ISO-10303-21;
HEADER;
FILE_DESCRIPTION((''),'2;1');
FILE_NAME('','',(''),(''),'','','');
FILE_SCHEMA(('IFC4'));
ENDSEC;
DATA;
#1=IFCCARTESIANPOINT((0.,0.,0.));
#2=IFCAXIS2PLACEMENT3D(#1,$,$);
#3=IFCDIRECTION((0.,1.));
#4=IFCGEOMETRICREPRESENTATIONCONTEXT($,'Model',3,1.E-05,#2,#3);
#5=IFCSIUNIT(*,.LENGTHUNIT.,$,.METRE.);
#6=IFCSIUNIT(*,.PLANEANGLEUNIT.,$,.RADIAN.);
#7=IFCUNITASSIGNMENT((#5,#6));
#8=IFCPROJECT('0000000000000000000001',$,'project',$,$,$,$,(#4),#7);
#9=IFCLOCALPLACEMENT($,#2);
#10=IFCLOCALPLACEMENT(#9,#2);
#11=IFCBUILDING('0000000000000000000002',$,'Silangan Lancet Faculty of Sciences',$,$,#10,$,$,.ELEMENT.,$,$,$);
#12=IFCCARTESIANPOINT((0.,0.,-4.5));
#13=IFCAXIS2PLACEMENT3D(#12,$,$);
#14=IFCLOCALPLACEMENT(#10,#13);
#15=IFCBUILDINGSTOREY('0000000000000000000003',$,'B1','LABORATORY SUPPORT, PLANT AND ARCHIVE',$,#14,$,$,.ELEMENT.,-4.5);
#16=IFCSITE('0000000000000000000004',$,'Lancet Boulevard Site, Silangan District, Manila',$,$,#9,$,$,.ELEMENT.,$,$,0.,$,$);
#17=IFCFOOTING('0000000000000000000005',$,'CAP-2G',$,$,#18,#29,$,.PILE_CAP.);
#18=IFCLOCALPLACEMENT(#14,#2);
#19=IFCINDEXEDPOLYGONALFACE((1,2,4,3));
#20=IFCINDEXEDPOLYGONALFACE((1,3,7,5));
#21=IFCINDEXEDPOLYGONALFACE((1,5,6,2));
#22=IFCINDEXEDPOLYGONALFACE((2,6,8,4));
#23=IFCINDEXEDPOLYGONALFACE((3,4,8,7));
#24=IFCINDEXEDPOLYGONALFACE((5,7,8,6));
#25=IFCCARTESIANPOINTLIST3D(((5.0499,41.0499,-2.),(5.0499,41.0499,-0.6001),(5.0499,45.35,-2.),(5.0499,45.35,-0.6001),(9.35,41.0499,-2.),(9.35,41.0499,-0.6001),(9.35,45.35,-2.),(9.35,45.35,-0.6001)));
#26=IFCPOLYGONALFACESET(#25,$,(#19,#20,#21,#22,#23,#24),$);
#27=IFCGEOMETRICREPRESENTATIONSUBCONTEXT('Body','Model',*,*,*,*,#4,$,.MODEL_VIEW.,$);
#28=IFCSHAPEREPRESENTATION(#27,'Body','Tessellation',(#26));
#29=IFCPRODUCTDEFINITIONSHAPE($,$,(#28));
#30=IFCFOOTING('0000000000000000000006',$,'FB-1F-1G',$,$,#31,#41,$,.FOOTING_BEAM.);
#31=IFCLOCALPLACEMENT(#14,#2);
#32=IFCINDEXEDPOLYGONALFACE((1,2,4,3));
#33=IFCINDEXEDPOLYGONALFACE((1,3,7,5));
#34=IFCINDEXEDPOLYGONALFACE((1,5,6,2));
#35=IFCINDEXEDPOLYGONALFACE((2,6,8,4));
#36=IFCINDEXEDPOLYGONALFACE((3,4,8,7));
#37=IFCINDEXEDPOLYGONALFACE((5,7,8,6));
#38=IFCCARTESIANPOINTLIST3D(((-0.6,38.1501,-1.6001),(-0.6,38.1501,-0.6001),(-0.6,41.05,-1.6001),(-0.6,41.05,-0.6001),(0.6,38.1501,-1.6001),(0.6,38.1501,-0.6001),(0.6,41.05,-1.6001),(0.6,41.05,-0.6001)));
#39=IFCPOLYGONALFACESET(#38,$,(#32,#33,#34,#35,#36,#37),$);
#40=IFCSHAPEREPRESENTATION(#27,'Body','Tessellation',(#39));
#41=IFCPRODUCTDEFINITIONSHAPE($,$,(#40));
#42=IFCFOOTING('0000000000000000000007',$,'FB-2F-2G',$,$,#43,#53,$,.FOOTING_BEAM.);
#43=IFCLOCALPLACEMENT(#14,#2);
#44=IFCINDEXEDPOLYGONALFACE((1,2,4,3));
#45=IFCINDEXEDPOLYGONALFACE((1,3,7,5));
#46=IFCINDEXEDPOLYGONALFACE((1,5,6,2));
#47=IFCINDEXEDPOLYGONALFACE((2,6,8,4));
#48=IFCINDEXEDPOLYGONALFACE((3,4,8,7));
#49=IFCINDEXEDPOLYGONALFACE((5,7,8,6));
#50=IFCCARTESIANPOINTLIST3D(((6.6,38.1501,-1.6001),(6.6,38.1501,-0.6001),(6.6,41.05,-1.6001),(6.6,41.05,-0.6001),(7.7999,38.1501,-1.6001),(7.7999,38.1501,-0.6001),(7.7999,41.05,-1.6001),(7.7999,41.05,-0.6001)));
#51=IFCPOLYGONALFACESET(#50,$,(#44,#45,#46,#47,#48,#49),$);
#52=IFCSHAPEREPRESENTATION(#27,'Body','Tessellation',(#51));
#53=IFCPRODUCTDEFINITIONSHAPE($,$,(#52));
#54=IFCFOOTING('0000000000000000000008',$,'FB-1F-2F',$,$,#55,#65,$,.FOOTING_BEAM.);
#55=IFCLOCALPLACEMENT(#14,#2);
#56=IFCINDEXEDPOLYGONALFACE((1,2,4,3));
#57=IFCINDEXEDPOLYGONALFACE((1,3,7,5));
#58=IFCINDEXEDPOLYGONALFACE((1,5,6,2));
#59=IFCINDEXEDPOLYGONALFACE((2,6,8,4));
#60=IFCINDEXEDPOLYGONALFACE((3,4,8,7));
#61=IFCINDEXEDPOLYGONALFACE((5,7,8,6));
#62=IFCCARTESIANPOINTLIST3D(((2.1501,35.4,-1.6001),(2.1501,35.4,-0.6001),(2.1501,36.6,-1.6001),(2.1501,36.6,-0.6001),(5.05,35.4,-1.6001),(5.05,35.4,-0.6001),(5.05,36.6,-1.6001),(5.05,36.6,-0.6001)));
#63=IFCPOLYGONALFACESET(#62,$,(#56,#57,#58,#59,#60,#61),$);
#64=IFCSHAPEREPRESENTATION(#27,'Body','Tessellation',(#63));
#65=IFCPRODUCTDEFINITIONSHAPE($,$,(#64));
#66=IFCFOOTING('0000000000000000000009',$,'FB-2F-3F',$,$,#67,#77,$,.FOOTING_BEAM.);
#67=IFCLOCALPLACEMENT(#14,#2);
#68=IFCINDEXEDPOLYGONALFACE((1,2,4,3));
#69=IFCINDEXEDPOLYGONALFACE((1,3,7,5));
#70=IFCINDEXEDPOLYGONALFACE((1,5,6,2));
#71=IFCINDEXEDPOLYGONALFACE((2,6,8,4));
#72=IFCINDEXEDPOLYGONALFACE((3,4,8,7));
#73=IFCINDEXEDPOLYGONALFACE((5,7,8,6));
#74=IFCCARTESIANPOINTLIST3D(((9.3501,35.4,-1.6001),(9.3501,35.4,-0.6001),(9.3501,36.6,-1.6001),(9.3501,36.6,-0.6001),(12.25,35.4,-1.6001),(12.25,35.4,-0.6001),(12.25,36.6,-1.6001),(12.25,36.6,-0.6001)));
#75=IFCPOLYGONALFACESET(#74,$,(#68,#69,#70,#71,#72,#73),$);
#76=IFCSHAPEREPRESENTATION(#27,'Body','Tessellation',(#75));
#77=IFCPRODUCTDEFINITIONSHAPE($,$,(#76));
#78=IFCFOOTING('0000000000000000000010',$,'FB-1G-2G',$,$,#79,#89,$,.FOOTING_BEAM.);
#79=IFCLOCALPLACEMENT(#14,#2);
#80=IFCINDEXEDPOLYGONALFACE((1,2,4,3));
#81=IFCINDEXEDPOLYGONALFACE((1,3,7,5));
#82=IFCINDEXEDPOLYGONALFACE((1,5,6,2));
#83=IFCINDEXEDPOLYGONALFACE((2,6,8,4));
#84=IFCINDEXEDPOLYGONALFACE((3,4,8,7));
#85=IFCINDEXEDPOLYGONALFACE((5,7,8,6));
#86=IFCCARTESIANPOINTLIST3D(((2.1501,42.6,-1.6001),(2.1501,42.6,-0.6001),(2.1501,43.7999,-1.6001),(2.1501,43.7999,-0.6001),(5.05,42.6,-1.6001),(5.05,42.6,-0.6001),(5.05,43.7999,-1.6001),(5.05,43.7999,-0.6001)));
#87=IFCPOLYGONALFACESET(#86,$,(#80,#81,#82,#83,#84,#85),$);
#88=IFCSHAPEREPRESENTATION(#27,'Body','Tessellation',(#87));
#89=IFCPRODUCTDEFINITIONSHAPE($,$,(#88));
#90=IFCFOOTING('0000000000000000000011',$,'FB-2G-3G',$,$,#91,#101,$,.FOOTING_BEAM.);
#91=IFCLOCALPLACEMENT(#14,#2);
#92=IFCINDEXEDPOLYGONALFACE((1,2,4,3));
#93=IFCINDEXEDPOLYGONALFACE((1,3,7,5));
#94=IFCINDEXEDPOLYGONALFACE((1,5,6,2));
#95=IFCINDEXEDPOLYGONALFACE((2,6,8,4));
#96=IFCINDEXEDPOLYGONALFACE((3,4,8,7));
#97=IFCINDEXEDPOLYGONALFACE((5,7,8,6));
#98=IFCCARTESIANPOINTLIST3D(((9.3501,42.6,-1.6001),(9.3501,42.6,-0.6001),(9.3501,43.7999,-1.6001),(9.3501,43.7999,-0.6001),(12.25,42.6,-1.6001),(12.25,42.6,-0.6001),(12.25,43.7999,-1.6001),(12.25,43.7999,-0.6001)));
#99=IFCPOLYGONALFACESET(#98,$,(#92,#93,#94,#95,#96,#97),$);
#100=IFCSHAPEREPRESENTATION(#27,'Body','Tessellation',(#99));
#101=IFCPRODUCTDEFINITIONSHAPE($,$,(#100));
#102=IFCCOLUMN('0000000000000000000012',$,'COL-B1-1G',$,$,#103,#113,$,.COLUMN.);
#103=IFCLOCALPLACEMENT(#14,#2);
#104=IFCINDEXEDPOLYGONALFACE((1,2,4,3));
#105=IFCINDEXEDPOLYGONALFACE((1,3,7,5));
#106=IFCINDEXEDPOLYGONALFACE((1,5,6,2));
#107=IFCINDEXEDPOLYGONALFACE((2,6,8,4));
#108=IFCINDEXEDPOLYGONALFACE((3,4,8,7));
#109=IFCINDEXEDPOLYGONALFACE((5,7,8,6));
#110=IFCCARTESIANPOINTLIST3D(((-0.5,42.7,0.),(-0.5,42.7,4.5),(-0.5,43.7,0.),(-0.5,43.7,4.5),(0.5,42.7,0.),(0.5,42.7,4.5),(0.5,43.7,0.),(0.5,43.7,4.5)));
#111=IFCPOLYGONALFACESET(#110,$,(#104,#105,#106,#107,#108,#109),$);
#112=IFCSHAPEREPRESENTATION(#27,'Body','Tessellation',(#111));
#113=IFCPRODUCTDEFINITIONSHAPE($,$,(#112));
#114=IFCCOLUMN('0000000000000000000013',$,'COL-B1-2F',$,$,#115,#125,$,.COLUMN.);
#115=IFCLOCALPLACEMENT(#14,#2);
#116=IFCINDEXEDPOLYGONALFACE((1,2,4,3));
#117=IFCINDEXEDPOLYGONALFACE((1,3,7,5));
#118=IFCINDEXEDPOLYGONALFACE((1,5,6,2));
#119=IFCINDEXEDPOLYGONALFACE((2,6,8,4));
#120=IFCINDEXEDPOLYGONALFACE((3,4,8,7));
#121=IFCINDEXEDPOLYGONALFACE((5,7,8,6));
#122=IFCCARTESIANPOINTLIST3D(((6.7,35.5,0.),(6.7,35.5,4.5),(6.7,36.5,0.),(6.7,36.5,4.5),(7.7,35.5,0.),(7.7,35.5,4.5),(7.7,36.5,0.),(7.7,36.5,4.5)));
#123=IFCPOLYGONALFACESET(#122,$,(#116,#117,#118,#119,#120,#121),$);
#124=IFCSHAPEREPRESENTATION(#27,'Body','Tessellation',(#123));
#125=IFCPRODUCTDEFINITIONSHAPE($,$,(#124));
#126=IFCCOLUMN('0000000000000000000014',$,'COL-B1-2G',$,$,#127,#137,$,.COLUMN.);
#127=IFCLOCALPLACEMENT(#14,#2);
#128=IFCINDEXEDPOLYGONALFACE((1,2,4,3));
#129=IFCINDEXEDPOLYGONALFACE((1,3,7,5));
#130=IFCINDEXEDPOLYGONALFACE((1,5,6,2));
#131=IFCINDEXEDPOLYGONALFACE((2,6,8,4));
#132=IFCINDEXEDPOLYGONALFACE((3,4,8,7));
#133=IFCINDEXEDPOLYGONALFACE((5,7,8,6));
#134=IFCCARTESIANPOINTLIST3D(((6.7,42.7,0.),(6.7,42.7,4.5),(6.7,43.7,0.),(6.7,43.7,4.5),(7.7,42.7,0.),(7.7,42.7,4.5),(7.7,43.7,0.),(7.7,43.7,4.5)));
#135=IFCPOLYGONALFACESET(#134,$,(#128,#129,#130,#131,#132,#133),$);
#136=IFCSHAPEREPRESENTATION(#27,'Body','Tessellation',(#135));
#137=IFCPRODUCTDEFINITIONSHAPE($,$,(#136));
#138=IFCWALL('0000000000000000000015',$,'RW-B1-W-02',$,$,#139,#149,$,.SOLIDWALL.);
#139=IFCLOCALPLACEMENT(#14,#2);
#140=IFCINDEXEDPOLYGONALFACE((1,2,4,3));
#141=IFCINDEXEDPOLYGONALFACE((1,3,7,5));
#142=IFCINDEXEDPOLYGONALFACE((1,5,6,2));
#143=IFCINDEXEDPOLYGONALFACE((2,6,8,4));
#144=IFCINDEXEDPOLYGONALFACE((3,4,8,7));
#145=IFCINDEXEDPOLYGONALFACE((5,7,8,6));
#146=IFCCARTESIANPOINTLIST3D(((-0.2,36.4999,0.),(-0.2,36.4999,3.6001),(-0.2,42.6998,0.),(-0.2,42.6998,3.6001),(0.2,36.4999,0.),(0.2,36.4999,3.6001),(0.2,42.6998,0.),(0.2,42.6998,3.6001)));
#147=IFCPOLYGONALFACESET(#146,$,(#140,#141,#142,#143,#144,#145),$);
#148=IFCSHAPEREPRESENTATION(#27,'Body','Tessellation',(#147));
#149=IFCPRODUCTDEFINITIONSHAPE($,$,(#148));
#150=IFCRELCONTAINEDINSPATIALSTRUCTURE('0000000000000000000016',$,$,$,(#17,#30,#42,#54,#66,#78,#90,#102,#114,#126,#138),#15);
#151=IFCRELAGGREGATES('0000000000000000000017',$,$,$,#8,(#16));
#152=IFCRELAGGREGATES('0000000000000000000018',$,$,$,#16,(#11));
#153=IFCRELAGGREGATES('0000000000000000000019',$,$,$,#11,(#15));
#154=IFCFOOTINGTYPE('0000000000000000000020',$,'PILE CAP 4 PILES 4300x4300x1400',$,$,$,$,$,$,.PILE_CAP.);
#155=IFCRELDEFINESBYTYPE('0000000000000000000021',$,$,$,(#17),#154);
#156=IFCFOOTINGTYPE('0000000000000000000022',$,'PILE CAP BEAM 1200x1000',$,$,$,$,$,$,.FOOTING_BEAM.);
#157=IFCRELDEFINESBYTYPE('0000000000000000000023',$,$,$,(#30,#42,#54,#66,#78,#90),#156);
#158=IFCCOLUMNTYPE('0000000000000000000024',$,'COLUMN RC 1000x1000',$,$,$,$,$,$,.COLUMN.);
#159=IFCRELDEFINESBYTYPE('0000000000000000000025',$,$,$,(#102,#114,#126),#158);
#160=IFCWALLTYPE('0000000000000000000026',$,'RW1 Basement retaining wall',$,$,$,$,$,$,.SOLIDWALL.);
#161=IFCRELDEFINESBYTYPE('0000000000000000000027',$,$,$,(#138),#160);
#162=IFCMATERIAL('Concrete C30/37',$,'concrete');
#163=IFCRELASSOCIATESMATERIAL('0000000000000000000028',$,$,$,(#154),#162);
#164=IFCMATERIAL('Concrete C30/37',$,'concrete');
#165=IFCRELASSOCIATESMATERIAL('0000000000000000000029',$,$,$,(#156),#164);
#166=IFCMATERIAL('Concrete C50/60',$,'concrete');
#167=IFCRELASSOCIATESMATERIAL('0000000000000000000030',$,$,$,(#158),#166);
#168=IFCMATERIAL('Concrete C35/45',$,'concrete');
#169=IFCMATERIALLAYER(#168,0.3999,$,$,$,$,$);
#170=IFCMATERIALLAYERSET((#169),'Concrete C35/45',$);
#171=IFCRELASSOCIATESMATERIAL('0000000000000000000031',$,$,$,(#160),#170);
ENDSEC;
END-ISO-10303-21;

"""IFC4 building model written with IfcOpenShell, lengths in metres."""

from ifc_helpers import new_model, si_unit, direction, frame, frame_2d, origin, origin_2d, place, context, subcontext, project, spatial, rectangle, extrude, material, layer, layer_set, material_profile, profile_set, type_object, element, save


model = new_model("IFC4")

# Units and contexts
model_context = context("Model", 3, precision=1e-05, world=origin(), true_north=direction((0.0, 1.0)))
body_context = subcontext(model_context, "Body", "Model", "MODEL_VIEW")
ifc_project = project(units=[si_unit("LENGTHUNIT", "METRE"), si_unit("PLANEANGLEUNIT", "RADIAN")], contexts=[model_context])

# Site, building, storey
site_placement = place(None, origin())
site = spatial("IfcSite", under=ifc_project, at=site_placement, Name="Lancet Boulevard Site, Silangan District, Manila", CompositionType="ELEMENT", RefElevation=0.0)
building_placement = place(site_placement, origin())
building = spatial("IfcBuilding", under=site, at=building_placement, Name="Silangan Lancet Faculty of Sciences", CompositionType="ELEMENT")
storey_placement = place(building_placement, frame((0.0, 0.0, -4.5)))
storey = spatial("IfcBuildingStorey", under=building, at=storey_placement, Name="B1", Description="LABORATORY SUPPORT, PLANT AND ARCHIVE", CompositionType="ELEMENT", Elevation=-4.5)

# Footings
ifc_material_1 = material(Name="Concrete C30/37", Category="concrete")
footing_type_1 = type_object("IfcFootingType", Name="PILE CAP 4 PILES 4300x4300x1400", PredefinedType="PILE_CAP", material=ifc_material_1)
for number, where, z_axis, x_axis, name in (
    (1, (7.2, 43.2, -2.0), (0.0, 0.0, 1.0), (1.0, 0.0, 0.0), "CAP-2G"),
):
    element("IfcFooting", number, at=place(storey_placement, frame(where, z_axis=z_axis, x_axis=x_axis)), inside=storey, type_object=footing_type_1, Name=name, PredefinedType="PILE_CAP", context=body_context, shape_type="SweptSolid", body=[
        extrude(rectangle(XDim=4.3, YDim=4.3, at=origin_2d()), origin(), (0.0, 0.0, 1.0), 1.3999),
    ])
ifc_material_2 = material(Name="Concrete C30/37", Category="concrete")
footing_type_2 = type_object("IfcFootingType", Name="PILE CAP BEAM 1200x1000", PredefinedType="FOOTING_BEAM", material=ifc_material_2)
for number, where, z_axis, x_axis, name in (
    (2, (0.0, 39.6001, -1.6001), (0.0, 0.0, 1.0), (0.0, 1.0, 0.0), "FB-1F-1G"),
    (3, (7.2, 39.6001, -1.6001), (0.0, 0.0, 1.0), (0.0, 1.0, 0.0), "FB-2F-2G"),
    (4, (3.6001, 36.0, -1.6001), (0.0, 0.0, 1.0), (1.0, 0.0, 0.0), "FB-1F-2F"),
    (5, (10.8, 36.0, -1.6001), (0.0, 0.0, 1.0), (1.0, 0.0, 0.0), "FB-2F-3F"),
    (6, (3.6001, 43.2, -1.6001), (0.0, 0.0, 1.0), (1.0, 0.0, 0.0), "FB-1G-2G"),
    (7, (10.8, 43.2, -1.6001), (0.0, 0.0, 1.0), (1.0, 0.0, 0.0), "FB-2G-3G"),
):
    element("IfcFooting", number, at=place(storey_placement, frame(where, z_axis=z_axis, x_axis=x_axis)), inside=storey, type_object=footing_type_2, Name=name, PredefinedType="FOOTING_BEAM", context=body_context, shape_type="SweptSolid", body=[
        extrude(rectangle(XDim=2.8999, YDim=1.2, at=origin_2d()), origin(), (0.0, 0.0, 1.0), 1.0),
    ])

# Columns
ifc_material_3 = material(Name="Concrete C50/60", Category="concrete")
ifc_material_profile_1 = material_profile(ifc_material_3, rectangle(XDim=1.0, YDim=1.0, at=origin_2d()), Name="RC 1000x1000")
ifc_profile_set_1 = profile_set([ifc_material_profile_1], Name="Concrete C50/60")
column_type = type_object("IfcColumnType", Name="COLUMN RC 1000x1000", PredefinedType="COLUMN", material=ifc_profile_set_1)
for number, where, z_axis, x_axis, name in (
    (8, (0.0, 43.2, 0.0), (0.0, 0.0, 1.0), (1.0, 0.0, 0.0), "COL-B1-1G"),
    (9, (7.2, 36.0, 0.0), (0.0, 0.0, 1.0), (1.0, 0.0, 0.0), "COL-B1-2F"),
    (10, (7.2, 43.2, 0.0), (0.0, 0.0, 1.0), (1.0, 0.0, 0.0), "COL-B1-2G"),
):
    element("IfcColumn", number, at=place(storey_placement, frame(where, z_axis=z_axis, x_axis=x_axis)), inside=storey, type_object=column_type, Name=name, PredefinedType="COLUMN", context=body_context, shape_type="SweptSolid", body=[
        extrude(rectangle(XDim=1.0, YDim=1.0, at=origin_2d()), origin(), (0.0, 0.0, 1.0), 4.5),
    ])

# Wall
ifc_material_4 = material(Name="Concrete C35/45", Category="concrete")
ifc_layer = layer(ifc_material_4, 0.3999)
ifc_layer_set = layer_set([ifc_layer], Name="Concrete C35/45")
wall_type = type_object("IfcWallType", Name="RW1 Basement retaining wall", PredefinedType="SOLIDWALL", material=ifc_layer_set)
wall_placement = place(storey_placement, frame((0.0, 42.7, 0.0), z_axis=(0.0, 0.0, 1.0), x_axis=(0.0, -1.0, 0.0)))
element("IfcWall", 11, at=wall_placement, inside=storey, type_object=wall_type, Name="RW-B1-W-02", PredefinedType="SOLIDWALL", context=body_context, shape_type="SweptSolid", body=[
    extrude(rectangle(XDim=6.2, YDim=0.3999, at=frame_2d((3.1001, 0.0))), origin(), (0.0, 0.0, 1.0), 3.6001),
])

save(model, "model.ifc")
